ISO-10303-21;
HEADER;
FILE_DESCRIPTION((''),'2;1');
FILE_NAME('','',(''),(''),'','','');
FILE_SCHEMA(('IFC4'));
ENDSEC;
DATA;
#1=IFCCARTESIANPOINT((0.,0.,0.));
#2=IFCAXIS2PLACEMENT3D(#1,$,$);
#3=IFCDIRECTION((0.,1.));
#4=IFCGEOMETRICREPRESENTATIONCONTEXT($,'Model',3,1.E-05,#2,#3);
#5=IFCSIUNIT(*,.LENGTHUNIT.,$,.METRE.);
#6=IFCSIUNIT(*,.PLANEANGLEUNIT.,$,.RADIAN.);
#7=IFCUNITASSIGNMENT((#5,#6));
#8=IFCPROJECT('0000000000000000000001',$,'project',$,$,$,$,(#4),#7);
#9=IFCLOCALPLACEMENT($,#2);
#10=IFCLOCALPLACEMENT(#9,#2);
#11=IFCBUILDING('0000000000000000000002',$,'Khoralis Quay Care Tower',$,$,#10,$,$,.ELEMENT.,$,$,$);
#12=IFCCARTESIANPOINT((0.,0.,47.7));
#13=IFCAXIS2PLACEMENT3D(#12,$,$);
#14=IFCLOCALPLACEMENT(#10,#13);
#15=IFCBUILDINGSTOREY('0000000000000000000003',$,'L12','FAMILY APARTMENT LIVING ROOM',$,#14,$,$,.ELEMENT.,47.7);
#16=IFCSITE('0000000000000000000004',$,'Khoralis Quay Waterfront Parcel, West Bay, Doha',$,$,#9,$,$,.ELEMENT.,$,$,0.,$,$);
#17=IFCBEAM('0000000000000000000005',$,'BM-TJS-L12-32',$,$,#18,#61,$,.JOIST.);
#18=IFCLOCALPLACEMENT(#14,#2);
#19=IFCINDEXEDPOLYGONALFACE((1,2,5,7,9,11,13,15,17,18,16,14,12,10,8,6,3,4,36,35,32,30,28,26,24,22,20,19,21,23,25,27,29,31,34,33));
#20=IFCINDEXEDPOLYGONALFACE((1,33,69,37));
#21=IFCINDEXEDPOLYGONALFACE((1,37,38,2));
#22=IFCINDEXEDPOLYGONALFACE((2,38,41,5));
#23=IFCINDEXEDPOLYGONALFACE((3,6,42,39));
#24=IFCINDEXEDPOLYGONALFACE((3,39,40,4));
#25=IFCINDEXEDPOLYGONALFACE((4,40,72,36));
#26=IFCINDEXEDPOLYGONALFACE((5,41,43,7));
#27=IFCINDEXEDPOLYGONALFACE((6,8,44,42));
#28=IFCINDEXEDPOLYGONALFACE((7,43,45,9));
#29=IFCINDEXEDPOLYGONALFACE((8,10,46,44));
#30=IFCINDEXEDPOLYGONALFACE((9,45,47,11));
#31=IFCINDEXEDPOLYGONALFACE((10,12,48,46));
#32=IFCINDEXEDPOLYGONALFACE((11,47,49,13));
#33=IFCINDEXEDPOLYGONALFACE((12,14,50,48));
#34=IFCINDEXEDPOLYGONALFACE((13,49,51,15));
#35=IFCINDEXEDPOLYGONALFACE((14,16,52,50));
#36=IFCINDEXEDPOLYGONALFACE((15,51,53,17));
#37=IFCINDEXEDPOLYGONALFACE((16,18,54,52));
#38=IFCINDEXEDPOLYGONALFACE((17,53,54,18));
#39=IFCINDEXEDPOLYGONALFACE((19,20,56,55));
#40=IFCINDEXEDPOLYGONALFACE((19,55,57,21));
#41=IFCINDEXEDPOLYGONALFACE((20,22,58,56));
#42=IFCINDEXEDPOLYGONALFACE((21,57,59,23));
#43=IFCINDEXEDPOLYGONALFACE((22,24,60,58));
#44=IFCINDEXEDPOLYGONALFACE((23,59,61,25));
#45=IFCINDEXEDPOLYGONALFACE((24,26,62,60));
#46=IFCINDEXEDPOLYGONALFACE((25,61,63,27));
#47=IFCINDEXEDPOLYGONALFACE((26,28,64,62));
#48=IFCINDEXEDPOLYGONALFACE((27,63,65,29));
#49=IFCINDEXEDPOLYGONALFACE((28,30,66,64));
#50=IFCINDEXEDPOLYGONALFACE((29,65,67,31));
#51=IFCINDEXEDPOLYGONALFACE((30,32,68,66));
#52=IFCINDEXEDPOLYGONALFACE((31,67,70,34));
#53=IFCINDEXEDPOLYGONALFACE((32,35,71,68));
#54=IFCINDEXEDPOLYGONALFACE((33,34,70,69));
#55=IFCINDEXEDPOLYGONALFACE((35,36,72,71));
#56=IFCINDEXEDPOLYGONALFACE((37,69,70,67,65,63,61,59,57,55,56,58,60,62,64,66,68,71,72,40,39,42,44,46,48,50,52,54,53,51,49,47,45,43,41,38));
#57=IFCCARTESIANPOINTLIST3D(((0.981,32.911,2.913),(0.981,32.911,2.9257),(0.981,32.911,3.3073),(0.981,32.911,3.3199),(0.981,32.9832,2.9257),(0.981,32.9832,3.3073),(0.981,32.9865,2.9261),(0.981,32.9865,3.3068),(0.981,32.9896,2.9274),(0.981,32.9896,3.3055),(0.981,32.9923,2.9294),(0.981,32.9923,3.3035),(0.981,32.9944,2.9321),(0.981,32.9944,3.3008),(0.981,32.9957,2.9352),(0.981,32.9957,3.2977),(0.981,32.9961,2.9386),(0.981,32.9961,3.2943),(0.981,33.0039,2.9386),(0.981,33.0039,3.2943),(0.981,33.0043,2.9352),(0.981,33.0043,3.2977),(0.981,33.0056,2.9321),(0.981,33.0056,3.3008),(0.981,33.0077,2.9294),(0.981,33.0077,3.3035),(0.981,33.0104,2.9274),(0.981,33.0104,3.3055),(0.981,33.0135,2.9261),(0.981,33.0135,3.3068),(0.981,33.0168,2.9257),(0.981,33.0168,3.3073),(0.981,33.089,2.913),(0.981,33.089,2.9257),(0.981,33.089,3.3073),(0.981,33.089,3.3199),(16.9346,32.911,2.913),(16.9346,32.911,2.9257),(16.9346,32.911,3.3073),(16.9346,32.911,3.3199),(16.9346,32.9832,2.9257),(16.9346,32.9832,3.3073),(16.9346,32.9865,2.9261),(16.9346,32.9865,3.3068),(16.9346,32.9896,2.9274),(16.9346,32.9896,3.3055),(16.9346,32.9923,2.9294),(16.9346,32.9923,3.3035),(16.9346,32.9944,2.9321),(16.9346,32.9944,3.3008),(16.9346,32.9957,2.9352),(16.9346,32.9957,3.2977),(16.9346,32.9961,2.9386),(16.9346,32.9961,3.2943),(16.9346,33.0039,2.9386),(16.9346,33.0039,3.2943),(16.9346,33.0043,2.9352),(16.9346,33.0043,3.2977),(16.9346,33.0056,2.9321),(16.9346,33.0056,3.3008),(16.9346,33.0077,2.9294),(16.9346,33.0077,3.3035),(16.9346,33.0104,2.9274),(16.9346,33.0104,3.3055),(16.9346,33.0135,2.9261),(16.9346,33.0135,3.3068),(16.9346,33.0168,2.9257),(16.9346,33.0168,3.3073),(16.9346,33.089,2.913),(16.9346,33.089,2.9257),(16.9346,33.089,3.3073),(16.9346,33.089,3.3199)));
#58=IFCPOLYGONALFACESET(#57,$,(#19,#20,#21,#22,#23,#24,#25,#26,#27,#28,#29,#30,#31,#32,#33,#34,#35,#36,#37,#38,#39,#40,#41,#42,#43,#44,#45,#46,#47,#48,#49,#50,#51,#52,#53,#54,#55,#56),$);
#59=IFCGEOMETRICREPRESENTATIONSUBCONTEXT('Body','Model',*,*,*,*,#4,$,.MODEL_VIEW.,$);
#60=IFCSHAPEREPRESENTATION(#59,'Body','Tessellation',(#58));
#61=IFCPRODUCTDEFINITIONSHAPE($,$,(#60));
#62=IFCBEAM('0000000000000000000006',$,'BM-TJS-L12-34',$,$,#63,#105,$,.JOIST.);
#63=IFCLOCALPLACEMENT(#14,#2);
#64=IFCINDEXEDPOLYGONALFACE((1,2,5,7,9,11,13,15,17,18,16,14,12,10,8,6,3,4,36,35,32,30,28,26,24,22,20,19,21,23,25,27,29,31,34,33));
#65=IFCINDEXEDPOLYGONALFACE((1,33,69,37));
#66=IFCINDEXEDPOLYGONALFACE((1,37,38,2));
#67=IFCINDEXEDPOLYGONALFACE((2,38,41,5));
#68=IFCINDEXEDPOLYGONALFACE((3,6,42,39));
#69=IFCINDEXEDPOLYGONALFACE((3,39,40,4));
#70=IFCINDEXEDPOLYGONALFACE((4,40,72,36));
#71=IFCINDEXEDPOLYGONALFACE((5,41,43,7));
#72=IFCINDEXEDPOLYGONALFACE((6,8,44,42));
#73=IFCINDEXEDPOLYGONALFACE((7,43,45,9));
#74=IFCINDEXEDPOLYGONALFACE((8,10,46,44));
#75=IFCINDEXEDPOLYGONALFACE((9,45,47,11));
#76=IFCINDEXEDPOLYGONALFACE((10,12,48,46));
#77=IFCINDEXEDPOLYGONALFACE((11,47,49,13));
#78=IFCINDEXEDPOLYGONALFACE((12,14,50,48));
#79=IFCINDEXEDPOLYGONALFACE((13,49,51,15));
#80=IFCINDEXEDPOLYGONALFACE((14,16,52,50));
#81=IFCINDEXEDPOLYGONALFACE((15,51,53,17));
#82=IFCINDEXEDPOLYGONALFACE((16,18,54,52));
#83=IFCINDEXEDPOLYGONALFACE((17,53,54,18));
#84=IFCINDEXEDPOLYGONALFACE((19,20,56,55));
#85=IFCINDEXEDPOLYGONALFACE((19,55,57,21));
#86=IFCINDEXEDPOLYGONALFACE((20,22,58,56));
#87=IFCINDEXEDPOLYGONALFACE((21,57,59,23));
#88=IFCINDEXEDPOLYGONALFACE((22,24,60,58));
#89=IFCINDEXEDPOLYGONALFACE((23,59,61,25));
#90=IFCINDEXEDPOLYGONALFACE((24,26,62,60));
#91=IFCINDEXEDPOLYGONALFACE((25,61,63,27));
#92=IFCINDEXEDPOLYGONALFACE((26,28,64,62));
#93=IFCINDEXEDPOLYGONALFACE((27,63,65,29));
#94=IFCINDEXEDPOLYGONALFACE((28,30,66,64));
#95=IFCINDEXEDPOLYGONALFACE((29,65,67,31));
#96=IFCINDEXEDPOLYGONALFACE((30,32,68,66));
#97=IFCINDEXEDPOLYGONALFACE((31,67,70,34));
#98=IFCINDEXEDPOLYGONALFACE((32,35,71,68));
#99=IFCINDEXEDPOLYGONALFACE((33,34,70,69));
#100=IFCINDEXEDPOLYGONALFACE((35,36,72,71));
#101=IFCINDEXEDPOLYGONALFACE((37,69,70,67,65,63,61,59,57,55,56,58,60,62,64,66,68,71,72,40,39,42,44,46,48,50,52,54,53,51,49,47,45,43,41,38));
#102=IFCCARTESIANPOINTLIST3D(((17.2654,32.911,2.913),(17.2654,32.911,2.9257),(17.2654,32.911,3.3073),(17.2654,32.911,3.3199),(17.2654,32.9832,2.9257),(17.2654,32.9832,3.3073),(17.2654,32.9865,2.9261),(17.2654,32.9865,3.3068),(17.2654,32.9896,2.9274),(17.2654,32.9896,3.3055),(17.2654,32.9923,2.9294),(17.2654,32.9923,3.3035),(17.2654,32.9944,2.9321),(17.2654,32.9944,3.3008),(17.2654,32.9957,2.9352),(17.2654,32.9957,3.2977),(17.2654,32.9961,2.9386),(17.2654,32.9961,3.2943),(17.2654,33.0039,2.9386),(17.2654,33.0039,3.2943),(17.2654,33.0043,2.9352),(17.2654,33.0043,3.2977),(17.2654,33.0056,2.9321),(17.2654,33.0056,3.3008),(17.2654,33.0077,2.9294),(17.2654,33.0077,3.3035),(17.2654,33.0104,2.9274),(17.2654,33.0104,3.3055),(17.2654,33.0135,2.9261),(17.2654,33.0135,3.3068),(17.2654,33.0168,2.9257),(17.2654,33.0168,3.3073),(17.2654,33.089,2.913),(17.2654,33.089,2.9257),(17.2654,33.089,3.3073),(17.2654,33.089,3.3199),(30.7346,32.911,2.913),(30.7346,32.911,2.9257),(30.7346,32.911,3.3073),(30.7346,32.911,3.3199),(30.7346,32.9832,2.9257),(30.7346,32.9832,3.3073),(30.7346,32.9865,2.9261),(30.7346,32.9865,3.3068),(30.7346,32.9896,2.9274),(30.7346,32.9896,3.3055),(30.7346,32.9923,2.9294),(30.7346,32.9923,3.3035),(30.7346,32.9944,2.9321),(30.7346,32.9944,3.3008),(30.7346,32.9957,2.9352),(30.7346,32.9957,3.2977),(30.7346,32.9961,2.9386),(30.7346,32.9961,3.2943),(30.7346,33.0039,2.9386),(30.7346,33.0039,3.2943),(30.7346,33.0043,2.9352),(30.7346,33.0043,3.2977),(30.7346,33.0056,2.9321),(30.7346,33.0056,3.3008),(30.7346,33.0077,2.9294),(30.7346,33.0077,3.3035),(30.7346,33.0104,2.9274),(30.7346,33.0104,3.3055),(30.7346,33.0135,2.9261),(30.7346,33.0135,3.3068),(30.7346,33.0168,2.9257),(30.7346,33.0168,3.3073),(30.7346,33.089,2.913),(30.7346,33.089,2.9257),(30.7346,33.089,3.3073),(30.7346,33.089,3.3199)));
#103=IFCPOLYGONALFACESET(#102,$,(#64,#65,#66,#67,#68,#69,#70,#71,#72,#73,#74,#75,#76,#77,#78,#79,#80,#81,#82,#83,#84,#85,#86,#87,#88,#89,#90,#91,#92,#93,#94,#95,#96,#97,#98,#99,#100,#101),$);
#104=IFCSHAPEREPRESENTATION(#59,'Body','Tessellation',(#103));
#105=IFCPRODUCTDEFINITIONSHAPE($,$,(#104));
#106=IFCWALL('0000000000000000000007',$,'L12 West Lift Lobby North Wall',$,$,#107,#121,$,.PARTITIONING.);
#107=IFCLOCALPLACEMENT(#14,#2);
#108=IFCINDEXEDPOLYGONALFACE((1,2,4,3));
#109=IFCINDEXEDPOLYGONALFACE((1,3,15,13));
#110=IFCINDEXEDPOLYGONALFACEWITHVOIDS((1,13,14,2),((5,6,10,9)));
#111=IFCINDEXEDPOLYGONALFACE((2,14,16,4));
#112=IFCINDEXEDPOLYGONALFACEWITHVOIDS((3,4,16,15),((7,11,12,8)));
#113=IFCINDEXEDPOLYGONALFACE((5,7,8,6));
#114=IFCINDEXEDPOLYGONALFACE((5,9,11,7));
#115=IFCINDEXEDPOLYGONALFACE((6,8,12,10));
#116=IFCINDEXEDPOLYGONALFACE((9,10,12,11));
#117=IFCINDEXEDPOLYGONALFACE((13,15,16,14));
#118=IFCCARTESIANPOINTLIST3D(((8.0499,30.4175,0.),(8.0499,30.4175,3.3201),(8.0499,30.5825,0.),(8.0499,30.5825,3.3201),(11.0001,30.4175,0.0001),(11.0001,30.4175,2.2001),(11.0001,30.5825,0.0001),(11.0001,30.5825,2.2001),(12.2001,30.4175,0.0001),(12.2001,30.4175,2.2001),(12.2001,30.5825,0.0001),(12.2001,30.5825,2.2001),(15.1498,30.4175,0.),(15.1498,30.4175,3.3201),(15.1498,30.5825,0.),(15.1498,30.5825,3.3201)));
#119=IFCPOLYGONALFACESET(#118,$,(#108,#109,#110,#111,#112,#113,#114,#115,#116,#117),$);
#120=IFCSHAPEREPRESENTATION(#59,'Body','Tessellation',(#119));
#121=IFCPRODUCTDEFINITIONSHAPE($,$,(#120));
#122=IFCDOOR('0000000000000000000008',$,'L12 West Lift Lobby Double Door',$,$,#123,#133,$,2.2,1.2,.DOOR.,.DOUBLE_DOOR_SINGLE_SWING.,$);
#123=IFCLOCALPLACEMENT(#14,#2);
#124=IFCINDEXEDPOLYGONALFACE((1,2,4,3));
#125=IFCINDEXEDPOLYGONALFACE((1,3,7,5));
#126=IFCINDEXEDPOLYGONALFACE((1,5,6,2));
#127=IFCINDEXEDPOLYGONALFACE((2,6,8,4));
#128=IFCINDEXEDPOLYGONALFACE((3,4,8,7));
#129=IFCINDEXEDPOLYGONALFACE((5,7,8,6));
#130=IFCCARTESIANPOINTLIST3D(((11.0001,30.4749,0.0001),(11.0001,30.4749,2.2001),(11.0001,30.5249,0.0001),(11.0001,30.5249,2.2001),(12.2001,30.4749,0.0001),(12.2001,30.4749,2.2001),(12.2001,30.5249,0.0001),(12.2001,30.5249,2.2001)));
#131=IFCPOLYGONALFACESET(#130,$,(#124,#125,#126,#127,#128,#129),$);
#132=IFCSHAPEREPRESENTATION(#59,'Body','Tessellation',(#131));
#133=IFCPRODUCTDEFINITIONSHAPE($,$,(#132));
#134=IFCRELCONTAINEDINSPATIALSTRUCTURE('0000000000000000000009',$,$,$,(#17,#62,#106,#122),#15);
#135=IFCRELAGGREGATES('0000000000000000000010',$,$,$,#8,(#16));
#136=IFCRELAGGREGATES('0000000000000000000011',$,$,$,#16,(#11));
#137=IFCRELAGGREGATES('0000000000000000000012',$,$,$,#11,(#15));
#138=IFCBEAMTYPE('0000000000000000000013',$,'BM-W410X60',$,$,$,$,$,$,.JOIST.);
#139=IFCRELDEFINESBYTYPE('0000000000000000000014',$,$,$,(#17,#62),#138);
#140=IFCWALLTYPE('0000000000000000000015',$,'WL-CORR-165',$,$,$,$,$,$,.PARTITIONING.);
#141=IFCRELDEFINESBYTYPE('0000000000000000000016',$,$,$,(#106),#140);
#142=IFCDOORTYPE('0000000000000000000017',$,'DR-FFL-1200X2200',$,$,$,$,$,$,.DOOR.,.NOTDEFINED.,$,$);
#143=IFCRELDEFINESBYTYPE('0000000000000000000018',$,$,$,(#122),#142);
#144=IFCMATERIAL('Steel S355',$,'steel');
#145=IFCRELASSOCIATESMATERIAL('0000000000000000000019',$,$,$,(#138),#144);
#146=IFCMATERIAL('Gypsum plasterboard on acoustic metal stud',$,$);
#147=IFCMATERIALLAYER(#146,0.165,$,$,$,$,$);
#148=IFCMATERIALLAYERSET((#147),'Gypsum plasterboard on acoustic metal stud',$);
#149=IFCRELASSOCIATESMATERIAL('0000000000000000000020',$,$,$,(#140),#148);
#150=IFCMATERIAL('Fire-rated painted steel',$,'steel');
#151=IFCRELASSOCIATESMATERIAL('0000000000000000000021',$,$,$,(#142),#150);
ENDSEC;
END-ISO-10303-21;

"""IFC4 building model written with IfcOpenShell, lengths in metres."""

from ifc_helpers import new_model, si_unit, direction, frame, frame_2d, origin, origin_2d, place, context, subcontext, project, spatial, rectangle, i_section, extrude, source, transform, mapped, material, layer, layer_set, material_profile, profile_set, type_object, element, fill, save


model = new_model("IFC4")

# Units and contexts
model_context = context("Model", 3, precision=1e-05, world=origin(), true_north=direction((0.0, 1.0)))
body_context = subcontext(model_context, "Body", "Model", "MODEL_VIEW")
ifc_project = project(units=[si_unit("LENGTHUNIT", "METRE"), si_unit("PLANEANGLEUNIT", "RADIAN")], contexts=[model_context])

# Site, building, storey
site_placement = place(None, origin())
site = spatial("IfcSite", under=ifc_project, at=site_placement, Name="Khoralis Quay Waterfront Parcel, West Bay, Doha", CompositionType="ELEMENT", RefElevation=0.0)
building_placement = place(site_placement, origin())
building = spatial("IfcBuilding", under=site, at=building_placement, Name="Khoralis Quay Care Tower", CompositionType="ELEMENT")
storey_placement = place(building_placement, frame((0.0, 0.0, 47.7)))
storey = spatial("IfcBuildingStorey", under=building, at=storey_placement, Name="L12", Description="FAMILY APARTMENT LIVING ROOM", CompositionType="ELEMENT", Elevation=47.7)

# Beams
ifc_material_1 = material(Name="Steel S355", Category="steel")
ifc_material_profile_1 = material_profile(ifc_material_1, i_section(OverallWidth=0.178, OverallDepth=0.407, WebThickness=0.0078, FlangeThickness=0.0127, FilletRadius=0.0129, at=origin_2d()), Name="Steel S355")
ifc_profile_set_1 = profile_set([ifc_material_profile_1], Name="Steel S355")
beam_type_1 = type_object("IfcBeamType", Name="BM-W410X60", PredefinedType="JOIST", material=ifc_profile_set_1)
shared_shape_1 = source(origin(), body_context, "Body", "SweptSolid", [
    extrude(i_section(OverallWidth=0.178, OverallDepth=0.407, WebThickness=0.0078, FlangeThickness=0.0127, FilletRadius=0.0129, at=origin_2d()), origin(), (0.0, 0.0, 1.0), 15.9536),
])
beam_1_placement = place(storey_placement, frame((0.981, 33.0, 3.1165), z_axis=(1.0, 0.0, 0.0), x_axis=(0.0, 1.0, 0.0)))
element("IfcBeam", 1, at=beam_1_placement, inside=storey, type_object=beam_type_1, Name="BM-TJS-L12-32", PredefinedType="JOIST", context=body_context, shape_type="MappedRepresentation", body=[
    mapped(shared_shape_1, transform((0.0, 0.0, 0.0), scale=1.0)),
])
shared_shape_2 = source(origin(), body_context, "Body", "SweptSolid", [
    extrude(i_section(OverallWidth=0.178, OverallDepth=0.407, WebThickness=0.0078, FlangeThickness=0.0127, FilletRadius=0.0129, at=origin_2d()), origin(), (0.0, 0.0, 1.0), 13.4692),
])
beam_2_placement = place(storey_placement, frame((17.2654, 33.0, 3.1165), z_axis=(1.0, 0.0, 0.0), x_axis=(0.0, 1.0, 0.0)))
element("IfcBeam", 2, at=beam_2_placement, inside=storey, type_object=beam_type_1, Name="BM-TJS-L12-34", PredefinedType="JOIST", context=body_context, shape_type="MappedRepresentation", body=[
    mapped(shared_shape_2, transform((0.0, 0.0, 0.0), scale=1.0)),
])

# Wall, opening, door
ifc_material_2 = material(Name="Gypsum plasterboard on acoustic metal stud")
ifc_layer_1 = layer(ifc_material_2, 0.165)
ifc_layer_set_1 = layer_set([ifc_layer_1], Name="Gypsum plasterboard on acoustic metal stud")
wall_type_1 = type_object("IfcWallType", Name="WL-CORR-165", PredefinedType="PARTITIONING", material=ifc_layer_set_1)
wall_1_placement = place(storey_placement, frame((8.05, 30.5, 0.0), z_axis=(0.0, 0.0, 1.0), x_axis=(1.0, 0.0, 0.0)))
wall_1 = element("IfcWall", 3, at=wall_1_placement, inside=storey, type_object=wall_type_1, Name="L12 West Lift Lobby North Wall", PredefinedType="PARTITIONING", context=body_context, shape_type="SweptSolid", body=[
    extrude(rectangle(XDim=7.0999, YDim=0.165, at=frame_2d((3.5498, 0.0))), origin(), (0.0, 0.0, 1.0), 3.3201),
])
opening_1_placement = place(wall_1_placement, frame((2.95, 0.0, 0.0)))
opening_1 = element("IfcOpeningElement", 4, at=opening_1_placement, cuts=wall_1, PredefinedType="OPENING", context=body_context, shape_type="SweptSolid", body=[
    extrude(rectangle(XDim=1.2, YDim=2.2, at=frame_2d((0.6001, 1.1001))), frame((0.0, 0.0925, 0.0), z_axis=(0.0, -1.0, 0.0), x_axis=(1.0, 0.0, 0.0)), (0.0, 0.0, 1.0), 0.1851),
])
ifc_material_3 = material(Name="Fire-rated painted steel", Category="steel")
door_type_1 = type_object("IfcDoorType", Name="DR-FFL-1200X2200", OperationType="NOTDEFINED", PredefinedType="DOOR", material=ifc_material_3)
shared_shape_3 = source(origin(), body_context, "Body", "SweptSolid", [
    extrude(rectangle(XDim=1.2, YDim=2.2, at=frame_2d((0.6001, 1.1001))), frame((0.0, 0.0249, 0.0), z_axis=(0.0, -1.0, 0.0), x_axis=(1.0, 0.0, 0.0)), (0.0, 0.0, 1.0), 0.05),
])
door_1_placement = place(opening_1_placement, origin())
door_1 = element("IfcDoor", 5, at=door_1_placement, inside=storey, type_object=door_type_1, Name="L12 West Lift Lobby Double Door", OperationType="DOUBLE_DOOR_SINGLE_SWING", OverallHeight=2.2, OverallWidth=1.2, PredefinedType="DOOR", context=body_context, shape_type="MappedRepresentation", body=[
    mapped(shared_shape_3, transform((0.0, 0.0, 0.0), scale=1.0)),
])
fill(opening_1, door_1)

save(model, "model.ifc")
